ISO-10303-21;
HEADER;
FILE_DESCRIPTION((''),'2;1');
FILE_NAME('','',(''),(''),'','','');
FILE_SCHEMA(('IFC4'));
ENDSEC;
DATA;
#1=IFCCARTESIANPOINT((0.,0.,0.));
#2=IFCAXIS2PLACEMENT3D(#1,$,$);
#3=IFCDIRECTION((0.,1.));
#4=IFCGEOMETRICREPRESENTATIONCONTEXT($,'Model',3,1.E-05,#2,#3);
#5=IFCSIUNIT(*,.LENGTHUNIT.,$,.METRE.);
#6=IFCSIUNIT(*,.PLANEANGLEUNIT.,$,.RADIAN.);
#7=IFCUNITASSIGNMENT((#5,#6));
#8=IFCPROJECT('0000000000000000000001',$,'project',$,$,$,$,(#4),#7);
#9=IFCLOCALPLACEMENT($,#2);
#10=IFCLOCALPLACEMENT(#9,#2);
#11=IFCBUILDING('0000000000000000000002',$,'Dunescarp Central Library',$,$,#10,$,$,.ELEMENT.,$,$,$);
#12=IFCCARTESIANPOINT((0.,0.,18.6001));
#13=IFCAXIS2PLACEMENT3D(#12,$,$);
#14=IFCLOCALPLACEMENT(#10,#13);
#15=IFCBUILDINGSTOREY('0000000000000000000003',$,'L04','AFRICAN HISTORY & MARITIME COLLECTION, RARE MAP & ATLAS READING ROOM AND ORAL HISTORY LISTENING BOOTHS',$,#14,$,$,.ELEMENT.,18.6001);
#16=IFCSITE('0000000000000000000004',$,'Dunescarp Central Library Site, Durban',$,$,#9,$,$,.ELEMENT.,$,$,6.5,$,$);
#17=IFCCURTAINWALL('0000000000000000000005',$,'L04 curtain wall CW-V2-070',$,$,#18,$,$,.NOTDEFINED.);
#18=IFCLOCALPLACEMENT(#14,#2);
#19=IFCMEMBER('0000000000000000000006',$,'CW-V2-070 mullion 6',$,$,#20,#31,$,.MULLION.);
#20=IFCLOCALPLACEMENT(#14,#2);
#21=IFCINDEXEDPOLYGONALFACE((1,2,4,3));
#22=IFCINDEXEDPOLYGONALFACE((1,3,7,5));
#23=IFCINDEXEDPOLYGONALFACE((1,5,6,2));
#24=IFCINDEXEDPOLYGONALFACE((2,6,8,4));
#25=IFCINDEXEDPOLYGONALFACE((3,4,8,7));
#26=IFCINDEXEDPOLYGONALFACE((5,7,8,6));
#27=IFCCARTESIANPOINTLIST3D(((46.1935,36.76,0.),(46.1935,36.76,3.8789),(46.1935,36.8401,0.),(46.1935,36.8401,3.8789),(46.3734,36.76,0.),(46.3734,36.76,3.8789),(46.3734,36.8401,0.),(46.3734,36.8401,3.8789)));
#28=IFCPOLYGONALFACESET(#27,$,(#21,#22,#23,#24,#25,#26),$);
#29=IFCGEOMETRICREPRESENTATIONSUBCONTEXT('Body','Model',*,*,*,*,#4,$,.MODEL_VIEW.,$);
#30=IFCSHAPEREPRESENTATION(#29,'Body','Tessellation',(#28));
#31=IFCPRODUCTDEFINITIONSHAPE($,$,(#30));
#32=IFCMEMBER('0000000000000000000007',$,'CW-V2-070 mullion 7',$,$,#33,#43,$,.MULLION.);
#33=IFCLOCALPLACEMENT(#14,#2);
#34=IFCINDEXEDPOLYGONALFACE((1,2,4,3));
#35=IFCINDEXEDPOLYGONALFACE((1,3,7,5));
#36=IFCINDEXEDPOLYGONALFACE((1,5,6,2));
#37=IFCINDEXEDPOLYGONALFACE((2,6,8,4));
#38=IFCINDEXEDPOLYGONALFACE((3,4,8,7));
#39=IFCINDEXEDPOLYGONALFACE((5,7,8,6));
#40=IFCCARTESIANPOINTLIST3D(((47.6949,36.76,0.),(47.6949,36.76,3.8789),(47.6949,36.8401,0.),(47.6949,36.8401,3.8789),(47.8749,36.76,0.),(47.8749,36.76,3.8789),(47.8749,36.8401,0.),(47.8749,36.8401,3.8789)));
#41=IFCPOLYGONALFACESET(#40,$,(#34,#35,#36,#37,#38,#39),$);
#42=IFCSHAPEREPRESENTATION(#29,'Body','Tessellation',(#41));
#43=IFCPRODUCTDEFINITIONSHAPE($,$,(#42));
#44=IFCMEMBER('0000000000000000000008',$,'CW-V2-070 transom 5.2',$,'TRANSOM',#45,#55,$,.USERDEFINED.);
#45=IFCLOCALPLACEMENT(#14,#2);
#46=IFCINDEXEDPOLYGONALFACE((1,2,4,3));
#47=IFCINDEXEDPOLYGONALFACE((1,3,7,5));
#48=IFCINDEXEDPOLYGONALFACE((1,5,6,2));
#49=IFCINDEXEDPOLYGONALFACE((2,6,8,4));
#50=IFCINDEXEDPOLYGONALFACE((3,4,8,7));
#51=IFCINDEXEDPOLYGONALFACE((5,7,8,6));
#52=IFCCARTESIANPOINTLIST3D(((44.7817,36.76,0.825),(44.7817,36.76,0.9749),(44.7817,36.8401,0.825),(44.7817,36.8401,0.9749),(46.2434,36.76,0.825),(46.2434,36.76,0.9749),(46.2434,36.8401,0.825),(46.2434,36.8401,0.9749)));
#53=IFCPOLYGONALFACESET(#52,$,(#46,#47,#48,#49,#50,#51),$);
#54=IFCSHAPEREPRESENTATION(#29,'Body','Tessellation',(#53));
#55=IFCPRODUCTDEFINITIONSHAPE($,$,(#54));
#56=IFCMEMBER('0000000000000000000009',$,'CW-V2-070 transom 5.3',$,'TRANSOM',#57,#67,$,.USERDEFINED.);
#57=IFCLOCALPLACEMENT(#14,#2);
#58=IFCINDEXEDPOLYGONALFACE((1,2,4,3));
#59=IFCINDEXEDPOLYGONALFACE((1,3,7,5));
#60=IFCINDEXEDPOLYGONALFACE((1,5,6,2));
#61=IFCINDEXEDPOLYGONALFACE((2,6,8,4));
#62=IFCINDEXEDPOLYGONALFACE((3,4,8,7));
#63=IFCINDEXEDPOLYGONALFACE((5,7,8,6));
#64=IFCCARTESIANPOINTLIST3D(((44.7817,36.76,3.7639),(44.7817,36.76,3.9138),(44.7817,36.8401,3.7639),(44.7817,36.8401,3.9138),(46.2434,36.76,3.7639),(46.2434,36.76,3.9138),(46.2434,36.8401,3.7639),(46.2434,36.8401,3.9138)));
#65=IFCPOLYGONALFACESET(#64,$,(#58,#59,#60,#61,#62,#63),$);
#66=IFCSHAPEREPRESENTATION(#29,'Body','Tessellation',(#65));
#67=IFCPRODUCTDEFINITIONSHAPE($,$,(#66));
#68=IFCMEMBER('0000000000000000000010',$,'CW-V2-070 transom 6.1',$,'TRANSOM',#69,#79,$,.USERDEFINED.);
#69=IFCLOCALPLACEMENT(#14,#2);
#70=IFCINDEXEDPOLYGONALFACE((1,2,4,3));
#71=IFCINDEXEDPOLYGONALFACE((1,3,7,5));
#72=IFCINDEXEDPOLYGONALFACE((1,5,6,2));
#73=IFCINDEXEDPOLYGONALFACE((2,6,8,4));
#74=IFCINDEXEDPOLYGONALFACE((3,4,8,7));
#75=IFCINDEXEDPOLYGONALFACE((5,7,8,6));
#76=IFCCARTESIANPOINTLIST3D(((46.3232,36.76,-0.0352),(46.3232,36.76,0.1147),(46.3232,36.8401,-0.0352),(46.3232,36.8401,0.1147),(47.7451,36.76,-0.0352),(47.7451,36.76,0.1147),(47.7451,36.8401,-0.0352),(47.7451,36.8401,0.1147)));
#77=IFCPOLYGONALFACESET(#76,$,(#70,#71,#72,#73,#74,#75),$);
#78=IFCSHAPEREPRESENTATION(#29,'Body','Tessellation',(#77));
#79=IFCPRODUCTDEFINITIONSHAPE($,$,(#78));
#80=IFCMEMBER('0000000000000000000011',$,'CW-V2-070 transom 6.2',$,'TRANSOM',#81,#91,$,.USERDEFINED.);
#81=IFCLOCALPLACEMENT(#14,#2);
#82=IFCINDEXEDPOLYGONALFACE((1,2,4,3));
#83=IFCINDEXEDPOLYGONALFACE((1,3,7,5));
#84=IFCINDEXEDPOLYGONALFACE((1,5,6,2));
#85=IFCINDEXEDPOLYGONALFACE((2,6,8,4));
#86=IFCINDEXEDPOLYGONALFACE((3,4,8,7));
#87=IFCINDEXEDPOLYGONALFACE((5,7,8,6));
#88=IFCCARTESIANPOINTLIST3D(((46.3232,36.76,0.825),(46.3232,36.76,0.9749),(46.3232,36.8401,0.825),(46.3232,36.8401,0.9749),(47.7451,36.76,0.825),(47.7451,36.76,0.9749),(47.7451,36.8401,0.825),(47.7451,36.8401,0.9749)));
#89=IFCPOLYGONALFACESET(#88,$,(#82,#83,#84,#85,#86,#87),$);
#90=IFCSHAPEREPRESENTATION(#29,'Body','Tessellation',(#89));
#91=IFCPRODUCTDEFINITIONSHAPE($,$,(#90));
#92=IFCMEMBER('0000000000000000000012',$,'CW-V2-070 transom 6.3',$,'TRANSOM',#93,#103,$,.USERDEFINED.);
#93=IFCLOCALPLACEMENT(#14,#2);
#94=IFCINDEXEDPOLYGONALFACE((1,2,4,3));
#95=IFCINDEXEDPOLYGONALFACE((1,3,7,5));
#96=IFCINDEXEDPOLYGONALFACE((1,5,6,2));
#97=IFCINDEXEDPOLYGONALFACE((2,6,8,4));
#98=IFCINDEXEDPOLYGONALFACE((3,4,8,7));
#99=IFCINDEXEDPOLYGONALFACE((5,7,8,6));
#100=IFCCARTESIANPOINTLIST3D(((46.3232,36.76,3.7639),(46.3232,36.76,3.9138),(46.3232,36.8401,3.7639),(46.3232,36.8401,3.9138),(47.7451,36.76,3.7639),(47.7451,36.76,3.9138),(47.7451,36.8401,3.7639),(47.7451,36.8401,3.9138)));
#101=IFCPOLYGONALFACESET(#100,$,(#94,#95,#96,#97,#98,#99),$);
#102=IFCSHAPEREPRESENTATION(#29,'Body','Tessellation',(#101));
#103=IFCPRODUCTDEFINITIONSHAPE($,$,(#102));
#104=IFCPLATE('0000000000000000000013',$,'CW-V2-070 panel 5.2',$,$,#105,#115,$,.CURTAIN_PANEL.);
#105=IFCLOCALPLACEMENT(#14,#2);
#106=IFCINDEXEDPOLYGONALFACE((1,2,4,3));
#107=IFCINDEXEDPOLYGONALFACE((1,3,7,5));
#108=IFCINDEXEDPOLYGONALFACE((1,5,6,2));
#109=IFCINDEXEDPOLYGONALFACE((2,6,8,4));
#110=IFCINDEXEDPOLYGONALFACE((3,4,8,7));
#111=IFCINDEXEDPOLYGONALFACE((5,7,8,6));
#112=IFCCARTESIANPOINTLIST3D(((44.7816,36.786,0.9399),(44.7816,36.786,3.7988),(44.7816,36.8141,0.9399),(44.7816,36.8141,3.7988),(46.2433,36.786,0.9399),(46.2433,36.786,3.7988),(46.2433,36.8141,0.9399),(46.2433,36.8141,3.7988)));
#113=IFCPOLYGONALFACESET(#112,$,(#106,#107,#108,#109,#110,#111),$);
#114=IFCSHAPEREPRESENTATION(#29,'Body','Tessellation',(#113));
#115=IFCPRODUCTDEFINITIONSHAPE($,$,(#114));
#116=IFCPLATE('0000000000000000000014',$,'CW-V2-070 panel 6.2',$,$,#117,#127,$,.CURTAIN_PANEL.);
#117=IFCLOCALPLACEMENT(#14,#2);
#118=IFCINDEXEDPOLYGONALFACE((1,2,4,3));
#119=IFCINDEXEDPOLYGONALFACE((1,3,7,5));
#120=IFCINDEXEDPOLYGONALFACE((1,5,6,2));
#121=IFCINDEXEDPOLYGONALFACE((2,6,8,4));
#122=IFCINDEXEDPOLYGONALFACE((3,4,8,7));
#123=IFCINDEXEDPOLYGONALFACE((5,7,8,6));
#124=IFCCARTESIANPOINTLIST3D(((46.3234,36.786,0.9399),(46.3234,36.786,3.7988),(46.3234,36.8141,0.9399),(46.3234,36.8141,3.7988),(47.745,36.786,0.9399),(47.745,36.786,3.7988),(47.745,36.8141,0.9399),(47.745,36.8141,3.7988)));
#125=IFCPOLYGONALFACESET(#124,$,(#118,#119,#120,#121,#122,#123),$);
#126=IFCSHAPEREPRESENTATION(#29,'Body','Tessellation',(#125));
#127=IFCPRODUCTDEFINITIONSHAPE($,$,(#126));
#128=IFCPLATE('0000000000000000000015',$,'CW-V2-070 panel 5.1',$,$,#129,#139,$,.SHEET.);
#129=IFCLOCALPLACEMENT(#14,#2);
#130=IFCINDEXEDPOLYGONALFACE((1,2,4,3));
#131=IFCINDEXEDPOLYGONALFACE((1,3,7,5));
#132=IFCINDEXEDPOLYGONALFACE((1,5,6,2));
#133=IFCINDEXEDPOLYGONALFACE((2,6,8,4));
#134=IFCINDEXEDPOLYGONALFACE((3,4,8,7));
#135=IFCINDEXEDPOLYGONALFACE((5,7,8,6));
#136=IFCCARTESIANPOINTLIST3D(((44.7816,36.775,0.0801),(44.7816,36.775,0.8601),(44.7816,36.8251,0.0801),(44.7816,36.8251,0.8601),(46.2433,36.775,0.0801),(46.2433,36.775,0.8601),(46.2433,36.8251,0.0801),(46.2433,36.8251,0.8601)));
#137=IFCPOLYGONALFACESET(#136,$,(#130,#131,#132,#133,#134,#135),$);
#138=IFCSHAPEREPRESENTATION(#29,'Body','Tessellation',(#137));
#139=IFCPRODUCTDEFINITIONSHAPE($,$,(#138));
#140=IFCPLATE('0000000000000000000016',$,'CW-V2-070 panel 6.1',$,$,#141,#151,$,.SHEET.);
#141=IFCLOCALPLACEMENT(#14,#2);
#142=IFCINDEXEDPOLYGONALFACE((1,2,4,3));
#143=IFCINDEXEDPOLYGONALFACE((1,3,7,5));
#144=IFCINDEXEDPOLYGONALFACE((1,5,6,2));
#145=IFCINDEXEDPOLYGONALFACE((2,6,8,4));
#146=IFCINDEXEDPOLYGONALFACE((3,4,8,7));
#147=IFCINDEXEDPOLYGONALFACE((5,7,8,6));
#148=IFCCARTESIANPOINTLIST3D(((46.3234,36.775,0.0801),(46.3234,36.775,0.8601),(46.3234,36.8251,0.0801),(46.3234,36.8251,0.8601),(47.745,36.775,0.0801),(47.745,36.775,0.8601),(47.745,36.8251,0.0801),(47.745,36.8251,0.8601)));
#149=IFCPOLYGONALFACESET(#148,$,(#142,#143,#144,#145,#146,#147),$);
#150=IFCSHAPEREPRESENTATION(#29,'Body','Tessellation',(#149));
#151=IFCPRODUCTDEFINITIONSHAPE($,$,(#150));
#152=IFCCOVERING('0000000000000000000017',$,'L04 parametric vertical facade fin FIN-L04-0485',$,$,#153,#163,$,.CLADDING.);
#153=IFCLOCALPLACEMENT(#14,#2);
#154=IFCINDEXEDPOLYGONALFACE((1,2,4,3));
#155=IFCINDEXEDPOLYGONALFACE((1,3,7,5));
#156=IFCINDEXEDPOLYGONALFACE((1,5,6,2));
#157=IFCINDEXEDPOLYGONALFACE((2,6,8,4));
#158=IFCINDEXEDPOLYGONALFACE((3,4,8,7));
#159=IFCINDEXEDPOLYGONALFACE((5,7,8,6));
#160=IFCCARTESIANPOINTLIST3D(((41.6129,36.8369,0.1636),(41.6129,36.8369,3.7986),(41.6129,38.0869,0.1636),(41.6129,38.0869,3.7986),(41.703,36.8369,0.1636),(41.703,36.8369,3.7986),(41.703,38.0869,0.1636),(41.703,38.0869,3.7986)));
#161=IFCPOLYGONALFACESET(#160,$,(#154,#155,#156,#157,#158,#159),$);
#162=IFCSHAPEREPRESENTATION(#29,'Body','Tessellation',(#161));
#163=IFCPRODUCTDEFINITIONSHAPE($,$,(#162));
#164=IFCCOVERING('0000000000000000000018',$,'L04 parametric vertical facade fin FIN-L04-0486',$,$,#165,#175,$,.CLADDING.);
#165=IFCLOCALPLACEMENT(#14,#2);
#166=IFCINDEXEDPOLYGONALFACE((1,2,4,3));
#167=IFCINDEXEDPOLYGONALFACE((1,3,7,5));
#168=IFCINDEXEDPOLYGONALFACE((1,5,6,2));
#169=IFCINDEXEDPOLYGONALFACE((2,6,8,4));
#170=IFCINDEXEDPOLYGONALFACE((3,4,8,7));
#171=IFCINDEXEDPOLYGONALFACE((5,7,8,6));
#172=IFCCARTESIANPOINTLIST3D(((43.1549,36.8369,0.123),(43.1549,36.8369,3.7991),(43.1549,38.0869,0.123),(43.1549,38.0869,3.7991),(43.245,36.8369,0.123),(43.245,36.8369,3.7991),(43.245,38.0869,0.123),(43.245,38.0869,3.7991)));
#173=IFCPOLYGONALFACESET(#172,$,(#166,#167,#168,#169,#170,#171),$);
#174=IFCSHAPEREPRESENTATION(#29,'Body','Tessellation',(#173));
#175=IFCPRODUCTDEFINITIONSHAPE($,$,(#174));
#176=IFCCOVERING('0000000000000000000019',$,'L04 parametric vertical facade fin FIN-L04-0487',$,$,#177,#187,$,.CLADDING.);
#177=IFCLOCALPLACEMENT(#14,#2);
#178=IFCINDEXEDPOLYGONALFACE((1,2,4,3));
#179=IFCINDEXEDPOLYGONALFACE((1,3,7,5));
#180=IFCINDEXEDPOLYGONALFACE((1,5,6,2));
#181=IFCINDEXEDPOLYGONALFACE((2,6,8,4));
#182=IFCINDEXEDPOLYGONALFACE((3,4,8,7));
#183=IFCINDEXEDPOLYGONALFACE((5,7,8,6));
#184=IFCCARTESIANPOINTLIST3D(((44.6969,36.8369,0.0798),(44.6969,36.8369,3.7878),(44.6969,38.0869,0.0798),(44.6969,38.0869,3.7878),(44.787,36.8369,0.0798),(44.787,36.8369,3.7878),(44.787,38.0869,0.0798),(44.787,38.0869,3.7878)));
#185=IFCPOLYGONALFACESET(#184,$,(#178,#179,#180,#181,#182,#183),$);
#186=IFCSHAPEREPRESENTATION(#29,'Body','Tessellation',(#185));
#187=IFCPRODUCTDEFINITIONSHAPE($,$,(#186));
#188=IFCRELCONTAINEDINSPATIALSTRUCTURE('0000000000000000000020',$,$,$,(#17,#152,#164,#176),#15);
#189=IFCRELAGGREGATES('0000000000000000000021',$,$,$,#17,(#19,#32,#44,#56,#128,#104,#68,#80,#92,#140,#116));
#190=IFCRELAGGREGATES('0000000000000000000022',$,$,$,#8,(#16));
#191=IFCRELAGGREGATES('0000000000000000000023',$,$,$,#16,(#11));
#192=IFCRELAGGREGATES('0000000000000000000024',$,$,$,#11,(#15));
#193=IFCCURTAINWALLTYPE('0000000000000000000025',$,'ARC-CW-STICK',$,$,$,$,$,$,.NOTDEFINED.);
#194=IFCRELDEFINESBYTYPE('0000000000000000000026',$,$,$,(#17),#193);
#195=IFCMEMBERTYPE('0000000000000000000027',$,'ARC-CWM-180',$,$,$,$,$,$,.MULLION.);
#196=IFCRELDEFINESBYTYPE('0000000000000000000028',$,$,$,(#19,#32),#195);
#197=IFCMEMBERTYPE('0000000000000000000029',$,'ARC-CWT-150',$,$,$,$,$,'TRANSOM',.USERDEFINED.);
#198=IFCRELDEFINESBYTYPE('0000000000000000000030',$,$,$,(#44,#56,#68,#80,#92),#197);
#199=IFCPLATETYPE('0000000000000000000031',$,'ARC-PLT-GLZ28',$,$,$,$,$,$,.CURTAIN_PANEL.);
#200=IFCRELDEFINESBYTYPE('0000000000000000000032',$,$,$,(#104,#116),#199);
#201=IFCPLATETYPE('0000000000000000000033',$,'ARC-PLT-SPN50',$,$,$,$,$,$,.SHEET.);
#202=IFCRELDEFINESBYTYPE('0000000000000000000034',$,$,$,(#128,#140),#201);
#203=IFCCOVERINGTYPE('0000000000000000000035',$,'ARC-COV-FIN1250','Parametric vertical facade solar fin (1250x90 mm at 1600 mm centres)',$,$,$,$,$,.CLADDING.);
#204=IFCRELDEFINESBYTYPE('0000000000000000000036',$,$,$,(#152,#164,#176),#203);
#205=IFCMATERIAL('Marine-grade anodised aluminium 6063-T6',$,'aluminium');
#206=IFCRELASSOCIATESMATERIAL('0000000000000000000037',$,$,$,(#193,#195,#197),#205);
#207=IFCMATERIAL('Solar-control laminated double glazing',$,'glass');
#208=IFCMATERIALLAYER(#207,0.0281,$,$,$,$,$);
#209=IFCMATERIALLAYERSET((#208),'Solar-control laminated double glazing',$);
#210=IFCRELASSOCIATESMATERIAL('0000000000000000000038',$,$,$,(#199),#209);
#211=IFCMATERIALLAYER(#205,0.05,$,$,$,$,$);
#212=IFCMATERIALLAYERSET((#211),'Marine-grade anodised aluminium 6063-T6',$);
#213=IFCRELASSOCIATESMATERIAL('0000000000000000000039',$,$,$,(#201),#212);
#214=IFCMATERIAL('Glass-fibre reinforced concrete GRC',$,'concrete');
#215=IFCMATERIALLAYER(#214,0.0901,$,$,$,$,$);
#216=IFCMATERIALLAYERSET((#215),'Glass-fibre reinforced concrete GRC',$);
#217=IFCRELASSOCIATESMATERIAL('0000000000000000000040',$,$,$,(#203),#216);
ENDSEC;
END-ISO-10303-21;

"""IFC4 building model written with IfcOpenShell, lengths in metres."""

from ifc_helpers import new_model, si_unit, direction, frame, origin, origin_2d, place, context, subcontext, project, spatial, rectangle, extrude, material, layer, layer_set, material_profile, profile_set, type_object, element, aggregate, save


model = new_model("IFC4")

# Units and contexts
model_context = context("Model", 3, precision=1e-05, world=origin(), true_north=direction((0.0, 1.0)))
body_context = subcontext(model_context, "Body", "Model", "MODEL_VIEW")
ifc_project = project(units=[si_unit("LENGTHUNIT", "METRE"), si_unit("PLANEANGLEUNIT", "RADIAN")], contexts=[model_context])

# Site, building, storey
site_placement = place(None, origin())
site = spatial("IfcSite", under=ifc_project, at=site_placement, Name="Dunescarp Central Library Site, Durban", CompositionType="ELEMENT", RefElevation=6.5)
building_placement = place(site_placement, origin())
building = spatial("IfcBuilding", under=site, at=building_placement, Name="Dunescarp Central Library", CompositionType="ELEMENT")
storey_placement = place(building_placement, frame((0.0, 0.0, 18.6001)))
storey = spatial("IfcBuildingStorey", under=building, at=storey_placement, Name="L04", Description="AFRICAN HISTORY & MARITIME COLLECTION, RARE MAP & ATLAS READING ROOM AND ORAL HISTORY LISTENING BOOTHS", CompositionType="ELEMENT", Elevation=18.6001)

# Curtain wall, members, plates
ifc_material_1 = material(Name="Marine-grade anodised aluminium 6063-T6", Category="aluminium")
curtain_wall_type = type_object("IfcCurtainWallType", Name="ARC-CW-STICK", PredefinedType="NOTDEFINED", material=ifc_material_1)
curtain_wall_placement = place(storey_placement, origin())
curtain_wall = element("IfcCurtainWall", 1, at=curtain_wall_placement, inside=storey, type_object=curtain_wall_type, Name="L04 curtain wall CW-V2-070", PredefinedType="NOTDEFINED")
ifc_material_profile_1 = material_profile(ifc_material_1, rectangle(XDim=0.0801, YDim=0.1799, at=origin_2d()), Name="AL 80x180")
ifc_profile_set_1 = profile_set([ifc_material_profile_1], Name="Marine-grade anodised aluminium 6063-T6")
member_type_1 = type_object("IfcMemberType", Name="ARC-CWM-180", PredefinedType="MULLION", material=ifc_profile_set_1)
member_1_placement = place(storey_placement, frame((46.2834, 36.8, 0.0), z_axis=(0.0, 0.0, 1.0), x_axis=(0.0, 1.0, 0.0)))
member_1 = element("IfcMember", 2, at=member_1_placement, type_object=member_type_1, Name="CW-V2-070 mullion 6", PredefinedType="MULLION", context=body_context, shape_type="SweptSolid", body=[
    extrude(rectangle(XDim=0.0801, YDim=0.1799, at=origin_2d()), origin(), (0.0, 0.0, 1.0), 3.8789),
])
member_2_placement = place(storey_placement, frame((47.7849, 36.8, 0.0), z_axis=(0.0, 0.0, 1.0), x_axis=(0.0, 1.0, 0.0)))
member_2 = element("IfcMember", 3, at=member_2_placement, type_object=member_type_1, Name="CW-V2-070 mullion 7", PredefinedType="MULLION", context=body_context, shape_type="SweptSolid", body=[
    extrude(rectangle(XDim=0.0801, YDim=0.1799, at=origin_2d()), origin(), (0.0, 0.0, 1.0), 3.8789),
])
ifc_material_profile_2 = material_profile(ifc_material_1, rectangle(XDim=0.0801, YDim=0.1499, at=origin_2d()), Name="AL 80x150")
ifc_profile_set_2 = profile_set([ifc_material_profile_2], Name="Marine-grade anodised aluminium 6063-T6")
member_type_2 = type_object("IfcMemberType", Name="ARC-CWT-150", ElementType="TRANSOM", PredefinedType="USERDEFINED", material=ifc_profile_set_2)
member_3_placement = place(storey_placement, frame((44.7817, 36.8, 0.8999), z_axis=(1.0, 0.0, 0.0), x_axis=(0.0, 1.0, 0.0)))
member_3 = element("IfcMember", 4, at=member_3_placement, type_object=member_type_2, Name="CW-V2-070 transom 5.2", ObjectType="TRANSOM", PredefinedType="USERDEFINED", context=body_context, shape_type="SweptSolid", body=[
    extrude(rectangle(XDim=0.0801, YDim=0.1499, at=origin_2d()), origin(), (0.0, 0.0, 1.0), 1.4617),
])
member_4_placement = place(storey_placement, frame((44.7817, 36.8, 3.8389), z_axis=(1.0, 0.0, 0.0), x_axis=(0.0, 1.0, 0.0)))
member_4 = element("IfcMember", 5, at=member_4_placement, type_object=member_type_2, Name="CW-V2-070 transom 5.3", ObjectType="TRANSOM", PredefinedType="USERDEFINED", context=body_context, shape_type="SweptSolid", body=[
    extrude(rectangle(XDim=0.0801, YDim=0.1499, at=origin_2d()), origin(), (0.0, 0.0, 1.0), 1.4617),
])
member_5_placement = place(storey_placement, frame((46.3232, 36.8, 0.0398), z_axis=(1.0, 0.0, 0.0), x_axis=(0.0, 1.0, 0.0)))
member_5 = element("IfcMember", 6, at=member_5_placement, type_object=member_type_2, Name="CW-V2-070 transom 6.1", ObjectType="TRANSOM", PredefinedType="USERDEFINED", context=body_context, shape_type="SweptSolid", body=[
    extrude(rectangle(XDim=0.0801, YDim=0.1499, at=origin_2d()), origin(), (0.0, 0.0, 1.0), 1.4219),
])
member_6_placement = place(storey_placement, frame((46.3232, 36.8, 0.8999), z_axis=(1.0, 0.0, 0.0), x_axis=(0.0, 1.0, 0.0)))
member_6 = element("IfcMember", 7, at=member_6_placement, type_object=member_type_2, Name="CW-V2-070 transom 6.2", ObjectType="TRANSOM", PredefinedType="USERDEFINED", context=body_context, shape_type="SweptSolid", body=[
    extrude(rectangle(XDim=0.0801, YDim=0.1499, at=origin_2d()), origin(), (0.0, 0.0, 1.0), 1.4219),
])
member_7_placement = place(storey_placement, frame((46.3232, 36.8, 3.8389), z_axis=(1.0, 0.0, 0.0), x_axis=(0.0, 1.0, 0.0)))
member_7 = element("IfcMember", 8, at=member_7_placement, type_object=member_type_2, Name="CW-V2-070 transom 6.3", ObjectType="TRANSOM", PredefinedType="USERDEFINED", context=body_context, shape_type="SweptSolid", body=[
    extrude(rectangle(XDim=0.0801, YDim=0.1499, at=origin_2d()), origin(), (0.0, 0.0, 1.0), 1.4219),
])
ifc_material_2 = material(Name="Solar-control laminated double glazing", Category="glass")
ifc_layer_1 = layer(ifc_material_2, 0.0281)
ifc_layer_set_1 = layer_set([ifc_layer_1], Name="Solar-control laminated double glazing")
plate_type_1 = type_object("IfcPlateType", Name="ARC-PLT-GLZ28", PredefinedType="CURTAIN_PANEL", material=ifc_layer_set_1)
plate_1_placement = place(storey_placement, frame((45.5125, 36.8, 0.9399), z_axis=(0.0, 0.0, 1.0), x_axis=(1.0, 0.0, 0.0)))
plate_1 = element("IfcPlate", 9, at=plate_1_placement, type_object=plate_type_1, Name="CW-V2-070 panel 5.2", PredefinedType="CURTAIN_PANEL", context=body_context, shape_type="SweptSolid", body=[
    extrude(rectangle(XDim=1.4617, YDim=0.0281, at=origin_2d()), origin(), (0.0, 0.0, 1.0), 2.8589),
])
plate_2_placement = place(storey_placement, frame((47.0342, 36.8, 0.9399), z_axis=(0.0, 0.0, 1.0), x_axis=(1.0, 0.0, 0.0)))
plate_2 = element("IfcPlate", 10, at=plate_2_placement, type_object=plate_type_1, Name="CW-V2-070 panel 6.2", PredefinedType="CURTAIN_PANEL", context=body_context, shape_type="SweptSolid", body=[
    extrude(rectangle(XDim=1.4216, YDim=0.0281, at=origin_2d()), origin(), (0.0, 0.0, 1.0), 2.8589),
])
ifc_layer_2 = layer(ifc_material_1, 0.05)
ifc_layer_set_2 = layer_set([ifc_layer_2], Name="Marine-grade anodised aluminium 6063-T6")
plate_type_2 = type_object("IfcPlateType", Name="ARC-PLT-SPN50", PredefinedType="SHEET", material=ifc_layer_set_2)
plate_3_placement = place(storey_placement, frame((45.5125, 36.8, 0.0801), z_axis=(0.0, 0.0, 1.0), x_axis=(1.0, 0.0, 0.0)))
plate_3 = element("IfcPlate", 11, at=plate_3_placement, type_object=plate_type_2, Name="CW-V2-070 panel 5.1", PredefinedType="SHEET", context=body_context, shape_type="SweptSolid", body=[
    extrude(rectangle(XDim=1.4617, YDim=0.05, at=origin_2d()), origin(), (0.0, 0.0, 1.0), 0.78),
])
plate_4_placement = place(storey_placement, frame((47.0342, 36.8, 0.0801), z_axis=(0.0, 0.0, 1.0), x_axis=(1.0, 0.0, 0.0)))
plate_4 = element("IfcPlate", 12, at=plate_4_placement, type_object=plate_type_2, Name="CW-V2-070 panel 6.1", PredefinedType="SHEET", context=body_context, shape_type="SweptSolid", body=[
    extrude(rectangle(XDim=1.4216, YDim=0.05, at=origin_2d()), origin(), (0.0, 0.0, 1.0), 0.78),
])
aggregate(curtain_wall, [member_1, member_2, member_3, member_4, plate_3, plate_1, member_5, member_6, member_7, plate_4, plate_2])

# Coverings
ifc_material_3 = material(Name="Glass-fibre reinforced concrete GRC", Category="concrete")
ifc_layer_3 = layer(ifc_material_3, 0.0901)
ifc_layer_set_3 = layer_set([ifc_layer_3], Name="Glass-fibre reinforced concrete GRC")
covering_type = type_object("IfcCoveringType", Name="ARC-COV-FIN1250", Description="Parametric vertical facade solar fin (1250x90 mm at 1600 mm centres)", PredefinedType="CLADDING", material=ifc_layer_set_3)
covering_1_placement = place(storey_placement, frame((41.658, 37.4619, 0.1636), z_axis=(0.0, 0.0, 1.0), x_axis=(0.0, 1.0, 0.0)))
element("IfcCovering", 13, at=covering_1_placement, inside=storey, type_object=covering_type, Name="L04 parametric vertical facade fin FIN-L04-0485", PredefinedType="CLADDING", context=body_context, shape_type="SweptSolid", body=[
    extrude(rectangle(XDim=1.25, YDim=0.0901, at=origin_2d()), origin(), (0.0, 0.0, 1.0), 3.635),
])
covering_2_placement = place(storey_placement, frame((43.2, 37.4619, 0.123), z_axis=(0.0, 0.0, 1.0), x_axis=(0.0, 1.0, 0.0)))
element("IfcCovering", 14, at=covering_2_placement, inside=storey, type_object=covering_type, Name="L04 parametric vertical facade fin FIN-L04-0486", PredefinedType="CLADDING", context=body_context, shape_type="SweptSolid", body=[
    extrude(rectangle(XDim=1.25, YDim=0.0901, at=origin_2d()), origin(), (0.0, 0.0, 1.0), 3.676),
])
covering_3_placement = place(storey_placement, frame((44.7419, 37.4619, 0.0798), z_axis=(0.0, 0.0, 1.0), x_axis=(0.0, 1.0, 0.0)))
element("IfcCovering", 15, at=covering_3_placement, inside=storey, type_object=covering_type, Name="L04 parametric vertical facade fin FIN-L04-0487", PredefinedType="CLADDING", context=body_context, shape_type="SweptSolid", body=[
    extrude(rectangle(XDim=1.25, YDim=0.0901, at=origin_2d()), origin(), (0.0, 0.0, 1.0), 3.708),
])

save(model, "model.ifc")
